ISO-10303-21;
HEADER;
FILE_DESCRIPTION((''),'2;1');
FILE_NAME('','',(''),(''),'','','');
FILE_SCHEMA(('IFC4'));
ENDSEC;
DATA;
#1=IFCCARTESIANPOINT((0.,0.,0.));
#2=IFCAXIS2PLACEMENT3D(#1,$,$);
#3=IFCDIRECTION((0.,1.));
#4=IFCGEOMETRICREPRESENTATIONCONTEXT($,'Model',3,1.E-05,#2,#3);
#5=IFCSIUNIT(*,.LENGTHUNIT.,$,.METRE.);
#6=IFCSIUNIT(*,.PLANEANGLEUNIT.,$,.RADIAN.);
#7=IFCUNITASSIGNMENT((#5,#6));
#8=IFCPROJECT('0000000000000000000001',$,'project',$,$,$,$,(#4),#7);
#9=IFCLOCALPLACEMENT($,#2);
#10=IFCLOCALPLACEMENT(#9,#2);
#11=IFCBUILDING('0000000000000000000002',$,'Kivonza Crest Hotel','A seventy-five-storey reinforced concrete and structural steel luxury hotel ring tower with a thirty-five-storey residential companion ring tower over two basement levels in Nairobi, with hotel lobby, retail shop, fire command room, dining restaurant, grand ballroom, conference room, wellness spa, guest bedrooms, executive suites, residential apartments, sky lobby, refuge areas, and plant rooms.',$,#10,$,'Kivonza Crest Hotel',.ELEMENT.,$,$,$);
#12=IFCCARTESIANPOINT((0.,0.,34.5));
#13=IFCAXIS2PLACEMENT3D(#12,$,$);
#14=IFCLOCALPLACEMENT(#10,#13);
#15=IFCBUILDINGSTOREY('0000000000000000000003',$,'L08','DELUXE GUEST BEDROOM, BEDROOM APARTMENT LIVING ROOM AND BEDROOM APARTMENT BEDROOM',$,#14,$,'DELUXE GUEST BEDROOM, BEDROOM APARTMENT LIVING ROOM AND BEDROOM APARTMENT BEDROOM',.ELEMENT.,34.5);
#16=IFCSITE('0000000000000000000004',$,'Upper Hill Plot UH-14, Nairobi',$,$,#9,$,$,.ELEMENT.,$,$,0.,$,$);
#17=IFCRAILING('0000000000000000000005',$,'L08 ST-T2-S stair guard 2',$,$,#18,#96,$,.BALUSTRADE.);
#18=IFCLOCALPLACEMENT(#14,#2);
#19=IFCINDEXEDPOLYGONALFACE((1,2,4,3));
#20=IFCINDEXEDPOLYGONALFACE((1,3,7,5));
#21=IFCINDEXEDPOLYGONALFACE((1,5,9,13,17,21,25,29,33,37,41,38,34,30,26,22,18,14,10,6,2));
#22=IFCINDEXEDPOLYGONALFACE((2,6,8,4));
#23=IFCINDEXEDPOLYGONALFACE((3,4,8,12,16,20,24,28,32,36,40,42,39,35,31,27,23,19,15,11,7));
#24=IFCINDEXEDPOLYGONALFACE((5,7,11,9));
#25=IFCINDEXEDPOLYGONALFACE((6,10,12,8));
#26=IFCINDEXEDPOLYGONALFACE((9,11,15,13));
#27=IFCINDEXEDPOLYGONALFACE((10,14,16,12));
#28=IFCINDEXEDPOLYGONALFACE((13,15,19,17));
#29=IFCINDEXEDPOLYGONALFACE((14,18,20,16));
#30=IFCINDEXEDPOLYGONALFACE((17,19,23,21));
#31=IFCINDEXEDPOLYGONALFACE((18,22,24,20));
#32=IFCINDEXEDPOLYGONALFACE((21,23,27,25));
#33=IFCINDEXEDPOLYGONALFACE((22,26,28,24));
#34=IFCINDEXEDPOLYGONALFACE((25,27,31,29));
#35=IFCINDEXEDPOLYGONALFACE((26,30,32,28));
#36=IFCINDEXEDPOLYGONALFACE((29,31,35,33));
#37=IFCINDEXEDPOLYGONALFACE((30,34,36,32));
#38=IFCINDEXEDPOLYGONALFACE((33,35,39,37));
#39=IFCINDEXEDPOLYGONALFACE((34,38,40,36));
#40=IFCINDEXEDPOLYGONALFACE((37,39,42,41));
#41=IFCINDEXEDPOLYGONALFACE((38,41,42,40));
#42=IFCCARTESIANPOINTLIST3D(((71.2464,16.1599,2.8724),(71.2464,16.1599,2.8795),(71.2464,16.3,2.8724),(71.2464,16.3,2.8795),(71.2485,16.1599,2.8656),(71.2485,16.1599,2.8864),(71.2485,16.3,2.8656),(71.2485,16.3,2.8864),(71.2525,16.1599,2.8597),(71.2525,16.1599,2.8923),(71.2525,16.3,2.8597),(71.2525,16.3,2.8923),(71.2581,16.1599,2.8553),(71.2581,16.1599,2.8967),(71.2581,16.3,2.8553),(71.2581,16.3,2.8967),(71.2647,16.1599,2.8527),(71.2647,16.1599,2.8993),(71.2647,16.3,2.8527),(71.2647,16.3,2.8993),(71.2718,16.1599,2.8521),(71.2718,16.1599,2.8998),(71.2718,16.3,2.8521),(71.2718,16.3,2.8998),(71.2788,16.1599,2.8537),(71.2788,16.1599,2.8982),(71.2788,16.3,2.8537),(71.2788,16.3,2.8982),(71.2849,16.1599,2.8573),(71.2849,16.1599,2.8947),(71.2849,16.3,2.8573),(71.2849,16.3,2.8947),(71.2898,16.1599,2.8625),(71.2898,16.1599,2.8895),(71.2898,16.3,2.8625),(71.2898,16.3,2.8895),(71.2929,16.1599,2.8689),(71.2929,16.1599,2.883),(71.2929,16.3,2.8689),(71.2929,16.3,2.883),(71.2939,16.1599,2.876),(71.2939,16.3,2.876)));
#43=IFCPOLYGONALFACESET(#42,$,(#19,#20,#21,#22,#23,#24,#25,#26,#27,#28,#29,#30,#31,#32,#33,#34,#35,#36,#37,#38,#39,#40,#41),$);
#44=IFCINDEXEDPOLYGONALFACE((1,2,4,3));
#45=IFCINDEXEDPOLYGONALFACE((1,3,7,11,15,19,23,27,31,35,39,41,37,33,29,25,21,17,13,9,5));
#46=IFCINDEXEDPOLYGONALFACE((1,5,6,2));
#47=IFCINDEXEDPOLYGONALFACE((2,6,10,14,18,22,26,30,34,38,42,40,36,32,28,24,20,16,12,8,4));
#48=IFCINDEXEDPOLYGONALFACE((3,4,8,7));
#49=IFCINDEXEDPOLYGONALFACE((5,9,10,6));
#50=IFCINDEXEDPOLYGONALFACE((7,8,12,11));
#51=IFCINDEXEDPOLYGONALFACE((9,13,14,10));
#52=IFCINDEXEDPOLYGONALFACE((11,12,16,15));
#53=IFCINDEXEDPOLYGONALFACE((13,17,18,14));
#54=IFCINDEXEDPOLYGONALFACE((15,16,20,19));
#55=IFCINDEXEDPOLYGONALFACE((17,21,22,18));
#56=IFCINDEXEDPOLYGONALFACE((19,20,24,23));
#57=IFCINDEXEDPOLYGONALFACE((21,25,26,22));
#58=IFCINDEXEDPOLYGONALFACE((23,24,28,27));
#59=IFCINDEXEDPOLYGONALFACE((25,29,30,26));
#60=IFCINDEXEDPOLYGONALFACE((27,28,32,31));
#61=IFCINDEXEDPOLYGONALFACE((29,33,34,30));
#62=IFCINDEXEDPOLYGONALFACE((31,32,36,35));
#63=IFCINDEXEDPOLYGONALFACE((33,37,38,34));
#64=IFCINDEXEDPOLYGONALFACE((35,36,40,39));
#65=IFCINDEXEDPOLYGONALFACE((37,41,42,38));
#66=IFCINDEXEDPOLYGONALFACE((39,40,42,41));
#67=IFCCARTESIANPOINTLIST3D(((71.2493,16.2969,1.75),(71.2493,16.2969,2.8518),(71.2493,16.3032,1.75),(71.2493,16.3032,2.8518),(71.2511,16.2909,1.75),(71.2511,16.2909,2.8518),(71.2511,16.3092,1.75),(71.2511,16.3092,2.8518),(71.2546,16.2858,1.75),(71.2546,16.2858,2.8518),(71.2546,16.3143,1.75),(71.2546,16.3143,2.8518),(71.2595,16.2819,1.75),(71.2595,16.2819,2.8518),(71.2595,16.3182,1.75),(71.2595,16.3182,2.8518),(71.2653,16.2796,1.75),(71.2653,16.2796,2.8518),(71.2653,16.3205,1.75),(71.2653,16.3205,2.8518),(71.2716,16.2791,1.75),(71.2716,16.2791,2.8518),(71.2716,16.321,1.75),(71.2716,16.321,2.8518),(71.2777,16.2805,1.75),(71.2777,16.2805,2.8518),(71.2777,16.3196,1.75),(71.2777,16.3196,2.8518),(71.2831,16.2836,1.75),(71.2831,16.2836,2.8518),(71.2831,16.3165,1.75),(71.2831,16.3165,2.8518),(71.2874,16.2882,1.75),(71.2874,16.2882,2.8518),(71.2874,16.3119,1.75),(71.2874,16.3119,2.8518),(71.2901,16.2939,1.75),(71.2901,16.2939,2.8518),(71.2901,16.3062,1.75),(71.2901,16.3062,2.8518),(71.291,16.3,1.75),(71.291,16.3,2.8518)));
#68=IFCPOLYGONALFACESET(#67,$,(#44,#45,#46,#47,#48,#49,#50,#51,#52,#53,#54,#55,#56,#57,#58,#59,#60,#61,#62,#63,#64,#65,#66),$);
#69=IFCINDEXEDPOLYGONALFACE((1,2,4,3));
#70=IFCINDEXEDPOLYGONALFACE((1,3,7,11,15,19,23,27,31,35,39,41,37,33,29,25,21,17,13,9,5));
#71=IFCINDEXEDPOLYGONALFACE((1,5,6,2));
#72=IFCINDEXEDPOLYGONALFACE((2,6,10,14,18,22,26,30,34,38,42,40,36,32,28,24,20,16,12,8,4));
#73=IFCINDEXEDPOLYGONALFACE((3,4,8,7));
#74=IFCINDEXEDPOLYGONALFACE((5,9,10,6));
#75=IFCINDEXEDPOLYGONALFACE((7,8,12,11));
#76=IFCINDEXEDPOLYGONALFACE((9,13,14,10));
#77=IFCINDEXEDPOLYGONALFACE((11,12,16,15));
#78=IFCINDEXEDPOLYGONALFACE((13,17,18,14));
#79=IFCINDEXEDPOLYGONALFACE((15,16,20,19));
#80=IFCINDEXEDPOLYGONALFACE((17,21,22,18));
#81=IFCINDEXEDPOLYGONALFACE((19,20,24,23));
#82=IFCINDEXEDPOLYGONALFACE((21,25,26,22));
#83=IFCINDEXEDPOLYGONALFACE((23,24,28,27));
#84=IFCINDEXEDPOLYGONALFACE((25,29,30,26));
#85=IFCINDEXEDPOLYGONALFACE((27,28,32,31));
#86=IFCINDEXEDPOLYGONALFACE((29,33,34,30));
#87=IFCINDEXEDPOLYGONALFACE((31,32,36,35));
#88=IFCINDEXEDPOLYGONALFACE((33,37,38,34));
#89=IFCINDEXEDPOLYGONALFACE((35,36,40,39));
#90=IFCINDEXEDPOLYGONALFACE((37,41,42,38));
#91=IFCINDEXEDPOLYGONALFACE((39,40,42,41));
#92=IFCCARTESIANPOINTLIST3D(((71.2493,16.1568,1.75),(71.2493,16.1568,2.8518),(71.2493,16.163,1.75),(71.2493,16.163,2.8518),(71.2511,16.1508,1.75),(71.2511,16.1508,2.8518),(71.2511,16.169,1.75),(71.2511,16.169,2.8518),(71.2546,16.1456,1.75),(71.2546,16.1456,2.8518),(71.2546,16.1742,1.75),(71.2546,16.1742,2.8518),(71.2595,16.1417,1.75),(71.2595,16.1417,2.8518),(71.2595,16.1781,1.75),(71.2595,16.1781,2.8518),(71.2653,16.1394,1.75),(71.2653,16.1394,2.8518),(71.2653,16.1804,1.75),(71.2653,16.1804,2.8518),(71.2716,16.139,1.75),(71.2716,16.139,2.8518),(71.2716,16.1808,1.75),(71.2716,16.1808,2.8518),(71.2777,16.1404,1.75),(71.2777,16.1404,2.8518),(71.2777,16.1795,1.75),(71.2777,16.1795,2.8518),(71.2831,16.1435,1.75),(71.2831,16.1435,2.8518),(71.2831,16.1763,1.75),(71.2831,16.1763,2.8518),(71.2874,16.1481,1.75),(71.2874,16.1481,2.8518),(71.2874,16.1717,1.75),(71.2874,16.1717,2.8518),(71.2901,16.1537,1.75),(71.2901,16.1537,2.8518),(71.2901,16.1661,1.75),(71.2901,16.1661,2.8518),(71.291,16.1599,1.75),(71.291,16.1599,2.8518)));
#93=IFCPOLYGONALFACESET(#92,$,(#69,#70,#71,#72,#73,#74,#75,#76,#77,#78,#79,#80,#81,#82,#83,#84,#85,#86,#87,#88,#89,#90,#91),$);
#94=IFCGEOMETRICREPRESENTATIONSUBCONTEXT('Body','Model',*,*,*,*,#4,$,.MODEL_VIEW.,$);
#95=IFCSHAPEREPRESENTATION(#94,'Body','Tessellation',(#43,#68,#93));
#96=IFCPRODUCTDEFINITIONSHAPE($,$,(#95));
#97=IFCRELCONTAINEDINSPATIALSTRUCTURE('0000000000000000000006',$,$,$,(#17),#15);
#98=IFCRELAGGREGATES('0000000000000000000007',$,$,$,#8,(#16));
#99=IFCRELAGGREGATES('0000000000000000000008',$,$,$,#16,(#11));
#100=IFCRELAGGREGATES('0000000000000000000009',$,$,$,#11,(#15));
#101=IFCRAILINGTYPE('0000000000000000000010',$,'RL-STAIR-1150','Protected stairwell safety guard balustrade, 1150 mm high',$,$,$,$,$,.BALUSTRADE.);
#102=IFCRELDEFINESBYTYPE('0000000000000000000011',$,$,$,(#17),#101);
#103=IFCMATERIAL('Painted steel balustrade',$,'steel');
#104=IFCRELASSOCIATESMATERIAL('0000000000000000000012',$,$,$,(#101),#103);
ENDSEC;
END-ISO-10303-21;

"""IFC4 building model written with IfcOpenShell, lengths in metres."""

from ifc_helpers import new_model, si_unit, direction, frame, origin, origin_2d, place, context, subcontext, project, spatial, circle, extrude, material, type_object, element, save


model = new_model("IFC4")

# Units and contexts
model_context = context("Model", 3, precision=1e-05, world=origin(), true_north=direction((0.0, 1.0)))
body_context = subcontext(model_context, "Body", "Model", "MODEL_VIEW")
ifc_project = project(units=[si_unit("LENGTHUNIT", "METRE"), si_unit("PLANEANGLEUNIT", "RADIAN")], contexts=[model_context])

# Site, building, storey
site_placement = place(None, origin())
site = spatial("IfcSite", under=ifc_project, at=site_placement, Name="Upper Hill Plot UH-14, Nairobi", CompositionType="ELEMENT", RefElevation=0.0)
building_placement = place(site_placement, origin())
building = spatial("IfcBuilding", under=site, at=building_placement, Name="Kivonza Crest Hotel", Description="A seventy-five-storey reinforced concrete and structural steel luxury hotel ring tower with a thirty-five-storey residential companion ring tower over two basement levels in Nairobi, with hotel lobby, retail shop, fire command room, dining restaurant, grand ballroom, conference room, wellness spa, guest bedrooms, executive suites, residential apartments, sky lobby, refuge areas, and plant rooms.", LongName="Kivonza Crest Hotel", CompositionType="ELEMENT")
storey_placement = place(building_placement, frame((0.0, 0.0, 34.5)))
storey = spatial("IfcBuildingStorey", under=building, at=storey_placement, Name="L08", Description="DELUXE GUEST BEDROOM, BEDROOM APARTMENT LIVING ROOM AND BEDROOM APARTMENT BEDROOM", LongName="DELUXE GUEST BEDROOM, BEDROOM APARTMENT LIVING ROOM AND BEDROOM APARTMENT BEDROOM", CompositionType="ELEMENT", Elevation=34.5)

# Railing
ifc_material_1 = material(Name="Painted steel balustrade", Category="steel")
railing_type_1 = type_object("IfcRailingType", Name="RL-STAIR-1150", Description="Protected stairwell safety guard balustrade, 1150 mm high", PredefinedType="BALUSTRADE", material=ifc_material_1)
railing_1_placement = place(storey_placement, frame((71.27, 16.3, 1.75)))
element("IfcRailing", 1, at=railing_1_placement, inside=storey, type_object=railing_type_1, Name="L08 ST-T2-S stair guard 2", PredefinedType="BALUSTRADE", context=body_context, shape_type="SweptSolid", body=[
    extrude(circle(Radius=0.0239, at=origin_2d()), frame((0.0, 0.0, 1.126), z_axis=(0.0, -1.0, 0.0), x_axis=(1.0, 0.0, 0.0)), (0.0, 0.0, 1.0), 0.1401),
    extrude(circle(Radius=0.021, at=origin_2d()), origin(), (0.0, 0.0, 1.0), 1.1018),
    extrude(circle(Radius=0.021, at=origin_2d()), frame((0.0, -0.1401, 0.0)), (0.0, 0.0, 1.0), 1.1018),
])

save(model, "model.ifc")
